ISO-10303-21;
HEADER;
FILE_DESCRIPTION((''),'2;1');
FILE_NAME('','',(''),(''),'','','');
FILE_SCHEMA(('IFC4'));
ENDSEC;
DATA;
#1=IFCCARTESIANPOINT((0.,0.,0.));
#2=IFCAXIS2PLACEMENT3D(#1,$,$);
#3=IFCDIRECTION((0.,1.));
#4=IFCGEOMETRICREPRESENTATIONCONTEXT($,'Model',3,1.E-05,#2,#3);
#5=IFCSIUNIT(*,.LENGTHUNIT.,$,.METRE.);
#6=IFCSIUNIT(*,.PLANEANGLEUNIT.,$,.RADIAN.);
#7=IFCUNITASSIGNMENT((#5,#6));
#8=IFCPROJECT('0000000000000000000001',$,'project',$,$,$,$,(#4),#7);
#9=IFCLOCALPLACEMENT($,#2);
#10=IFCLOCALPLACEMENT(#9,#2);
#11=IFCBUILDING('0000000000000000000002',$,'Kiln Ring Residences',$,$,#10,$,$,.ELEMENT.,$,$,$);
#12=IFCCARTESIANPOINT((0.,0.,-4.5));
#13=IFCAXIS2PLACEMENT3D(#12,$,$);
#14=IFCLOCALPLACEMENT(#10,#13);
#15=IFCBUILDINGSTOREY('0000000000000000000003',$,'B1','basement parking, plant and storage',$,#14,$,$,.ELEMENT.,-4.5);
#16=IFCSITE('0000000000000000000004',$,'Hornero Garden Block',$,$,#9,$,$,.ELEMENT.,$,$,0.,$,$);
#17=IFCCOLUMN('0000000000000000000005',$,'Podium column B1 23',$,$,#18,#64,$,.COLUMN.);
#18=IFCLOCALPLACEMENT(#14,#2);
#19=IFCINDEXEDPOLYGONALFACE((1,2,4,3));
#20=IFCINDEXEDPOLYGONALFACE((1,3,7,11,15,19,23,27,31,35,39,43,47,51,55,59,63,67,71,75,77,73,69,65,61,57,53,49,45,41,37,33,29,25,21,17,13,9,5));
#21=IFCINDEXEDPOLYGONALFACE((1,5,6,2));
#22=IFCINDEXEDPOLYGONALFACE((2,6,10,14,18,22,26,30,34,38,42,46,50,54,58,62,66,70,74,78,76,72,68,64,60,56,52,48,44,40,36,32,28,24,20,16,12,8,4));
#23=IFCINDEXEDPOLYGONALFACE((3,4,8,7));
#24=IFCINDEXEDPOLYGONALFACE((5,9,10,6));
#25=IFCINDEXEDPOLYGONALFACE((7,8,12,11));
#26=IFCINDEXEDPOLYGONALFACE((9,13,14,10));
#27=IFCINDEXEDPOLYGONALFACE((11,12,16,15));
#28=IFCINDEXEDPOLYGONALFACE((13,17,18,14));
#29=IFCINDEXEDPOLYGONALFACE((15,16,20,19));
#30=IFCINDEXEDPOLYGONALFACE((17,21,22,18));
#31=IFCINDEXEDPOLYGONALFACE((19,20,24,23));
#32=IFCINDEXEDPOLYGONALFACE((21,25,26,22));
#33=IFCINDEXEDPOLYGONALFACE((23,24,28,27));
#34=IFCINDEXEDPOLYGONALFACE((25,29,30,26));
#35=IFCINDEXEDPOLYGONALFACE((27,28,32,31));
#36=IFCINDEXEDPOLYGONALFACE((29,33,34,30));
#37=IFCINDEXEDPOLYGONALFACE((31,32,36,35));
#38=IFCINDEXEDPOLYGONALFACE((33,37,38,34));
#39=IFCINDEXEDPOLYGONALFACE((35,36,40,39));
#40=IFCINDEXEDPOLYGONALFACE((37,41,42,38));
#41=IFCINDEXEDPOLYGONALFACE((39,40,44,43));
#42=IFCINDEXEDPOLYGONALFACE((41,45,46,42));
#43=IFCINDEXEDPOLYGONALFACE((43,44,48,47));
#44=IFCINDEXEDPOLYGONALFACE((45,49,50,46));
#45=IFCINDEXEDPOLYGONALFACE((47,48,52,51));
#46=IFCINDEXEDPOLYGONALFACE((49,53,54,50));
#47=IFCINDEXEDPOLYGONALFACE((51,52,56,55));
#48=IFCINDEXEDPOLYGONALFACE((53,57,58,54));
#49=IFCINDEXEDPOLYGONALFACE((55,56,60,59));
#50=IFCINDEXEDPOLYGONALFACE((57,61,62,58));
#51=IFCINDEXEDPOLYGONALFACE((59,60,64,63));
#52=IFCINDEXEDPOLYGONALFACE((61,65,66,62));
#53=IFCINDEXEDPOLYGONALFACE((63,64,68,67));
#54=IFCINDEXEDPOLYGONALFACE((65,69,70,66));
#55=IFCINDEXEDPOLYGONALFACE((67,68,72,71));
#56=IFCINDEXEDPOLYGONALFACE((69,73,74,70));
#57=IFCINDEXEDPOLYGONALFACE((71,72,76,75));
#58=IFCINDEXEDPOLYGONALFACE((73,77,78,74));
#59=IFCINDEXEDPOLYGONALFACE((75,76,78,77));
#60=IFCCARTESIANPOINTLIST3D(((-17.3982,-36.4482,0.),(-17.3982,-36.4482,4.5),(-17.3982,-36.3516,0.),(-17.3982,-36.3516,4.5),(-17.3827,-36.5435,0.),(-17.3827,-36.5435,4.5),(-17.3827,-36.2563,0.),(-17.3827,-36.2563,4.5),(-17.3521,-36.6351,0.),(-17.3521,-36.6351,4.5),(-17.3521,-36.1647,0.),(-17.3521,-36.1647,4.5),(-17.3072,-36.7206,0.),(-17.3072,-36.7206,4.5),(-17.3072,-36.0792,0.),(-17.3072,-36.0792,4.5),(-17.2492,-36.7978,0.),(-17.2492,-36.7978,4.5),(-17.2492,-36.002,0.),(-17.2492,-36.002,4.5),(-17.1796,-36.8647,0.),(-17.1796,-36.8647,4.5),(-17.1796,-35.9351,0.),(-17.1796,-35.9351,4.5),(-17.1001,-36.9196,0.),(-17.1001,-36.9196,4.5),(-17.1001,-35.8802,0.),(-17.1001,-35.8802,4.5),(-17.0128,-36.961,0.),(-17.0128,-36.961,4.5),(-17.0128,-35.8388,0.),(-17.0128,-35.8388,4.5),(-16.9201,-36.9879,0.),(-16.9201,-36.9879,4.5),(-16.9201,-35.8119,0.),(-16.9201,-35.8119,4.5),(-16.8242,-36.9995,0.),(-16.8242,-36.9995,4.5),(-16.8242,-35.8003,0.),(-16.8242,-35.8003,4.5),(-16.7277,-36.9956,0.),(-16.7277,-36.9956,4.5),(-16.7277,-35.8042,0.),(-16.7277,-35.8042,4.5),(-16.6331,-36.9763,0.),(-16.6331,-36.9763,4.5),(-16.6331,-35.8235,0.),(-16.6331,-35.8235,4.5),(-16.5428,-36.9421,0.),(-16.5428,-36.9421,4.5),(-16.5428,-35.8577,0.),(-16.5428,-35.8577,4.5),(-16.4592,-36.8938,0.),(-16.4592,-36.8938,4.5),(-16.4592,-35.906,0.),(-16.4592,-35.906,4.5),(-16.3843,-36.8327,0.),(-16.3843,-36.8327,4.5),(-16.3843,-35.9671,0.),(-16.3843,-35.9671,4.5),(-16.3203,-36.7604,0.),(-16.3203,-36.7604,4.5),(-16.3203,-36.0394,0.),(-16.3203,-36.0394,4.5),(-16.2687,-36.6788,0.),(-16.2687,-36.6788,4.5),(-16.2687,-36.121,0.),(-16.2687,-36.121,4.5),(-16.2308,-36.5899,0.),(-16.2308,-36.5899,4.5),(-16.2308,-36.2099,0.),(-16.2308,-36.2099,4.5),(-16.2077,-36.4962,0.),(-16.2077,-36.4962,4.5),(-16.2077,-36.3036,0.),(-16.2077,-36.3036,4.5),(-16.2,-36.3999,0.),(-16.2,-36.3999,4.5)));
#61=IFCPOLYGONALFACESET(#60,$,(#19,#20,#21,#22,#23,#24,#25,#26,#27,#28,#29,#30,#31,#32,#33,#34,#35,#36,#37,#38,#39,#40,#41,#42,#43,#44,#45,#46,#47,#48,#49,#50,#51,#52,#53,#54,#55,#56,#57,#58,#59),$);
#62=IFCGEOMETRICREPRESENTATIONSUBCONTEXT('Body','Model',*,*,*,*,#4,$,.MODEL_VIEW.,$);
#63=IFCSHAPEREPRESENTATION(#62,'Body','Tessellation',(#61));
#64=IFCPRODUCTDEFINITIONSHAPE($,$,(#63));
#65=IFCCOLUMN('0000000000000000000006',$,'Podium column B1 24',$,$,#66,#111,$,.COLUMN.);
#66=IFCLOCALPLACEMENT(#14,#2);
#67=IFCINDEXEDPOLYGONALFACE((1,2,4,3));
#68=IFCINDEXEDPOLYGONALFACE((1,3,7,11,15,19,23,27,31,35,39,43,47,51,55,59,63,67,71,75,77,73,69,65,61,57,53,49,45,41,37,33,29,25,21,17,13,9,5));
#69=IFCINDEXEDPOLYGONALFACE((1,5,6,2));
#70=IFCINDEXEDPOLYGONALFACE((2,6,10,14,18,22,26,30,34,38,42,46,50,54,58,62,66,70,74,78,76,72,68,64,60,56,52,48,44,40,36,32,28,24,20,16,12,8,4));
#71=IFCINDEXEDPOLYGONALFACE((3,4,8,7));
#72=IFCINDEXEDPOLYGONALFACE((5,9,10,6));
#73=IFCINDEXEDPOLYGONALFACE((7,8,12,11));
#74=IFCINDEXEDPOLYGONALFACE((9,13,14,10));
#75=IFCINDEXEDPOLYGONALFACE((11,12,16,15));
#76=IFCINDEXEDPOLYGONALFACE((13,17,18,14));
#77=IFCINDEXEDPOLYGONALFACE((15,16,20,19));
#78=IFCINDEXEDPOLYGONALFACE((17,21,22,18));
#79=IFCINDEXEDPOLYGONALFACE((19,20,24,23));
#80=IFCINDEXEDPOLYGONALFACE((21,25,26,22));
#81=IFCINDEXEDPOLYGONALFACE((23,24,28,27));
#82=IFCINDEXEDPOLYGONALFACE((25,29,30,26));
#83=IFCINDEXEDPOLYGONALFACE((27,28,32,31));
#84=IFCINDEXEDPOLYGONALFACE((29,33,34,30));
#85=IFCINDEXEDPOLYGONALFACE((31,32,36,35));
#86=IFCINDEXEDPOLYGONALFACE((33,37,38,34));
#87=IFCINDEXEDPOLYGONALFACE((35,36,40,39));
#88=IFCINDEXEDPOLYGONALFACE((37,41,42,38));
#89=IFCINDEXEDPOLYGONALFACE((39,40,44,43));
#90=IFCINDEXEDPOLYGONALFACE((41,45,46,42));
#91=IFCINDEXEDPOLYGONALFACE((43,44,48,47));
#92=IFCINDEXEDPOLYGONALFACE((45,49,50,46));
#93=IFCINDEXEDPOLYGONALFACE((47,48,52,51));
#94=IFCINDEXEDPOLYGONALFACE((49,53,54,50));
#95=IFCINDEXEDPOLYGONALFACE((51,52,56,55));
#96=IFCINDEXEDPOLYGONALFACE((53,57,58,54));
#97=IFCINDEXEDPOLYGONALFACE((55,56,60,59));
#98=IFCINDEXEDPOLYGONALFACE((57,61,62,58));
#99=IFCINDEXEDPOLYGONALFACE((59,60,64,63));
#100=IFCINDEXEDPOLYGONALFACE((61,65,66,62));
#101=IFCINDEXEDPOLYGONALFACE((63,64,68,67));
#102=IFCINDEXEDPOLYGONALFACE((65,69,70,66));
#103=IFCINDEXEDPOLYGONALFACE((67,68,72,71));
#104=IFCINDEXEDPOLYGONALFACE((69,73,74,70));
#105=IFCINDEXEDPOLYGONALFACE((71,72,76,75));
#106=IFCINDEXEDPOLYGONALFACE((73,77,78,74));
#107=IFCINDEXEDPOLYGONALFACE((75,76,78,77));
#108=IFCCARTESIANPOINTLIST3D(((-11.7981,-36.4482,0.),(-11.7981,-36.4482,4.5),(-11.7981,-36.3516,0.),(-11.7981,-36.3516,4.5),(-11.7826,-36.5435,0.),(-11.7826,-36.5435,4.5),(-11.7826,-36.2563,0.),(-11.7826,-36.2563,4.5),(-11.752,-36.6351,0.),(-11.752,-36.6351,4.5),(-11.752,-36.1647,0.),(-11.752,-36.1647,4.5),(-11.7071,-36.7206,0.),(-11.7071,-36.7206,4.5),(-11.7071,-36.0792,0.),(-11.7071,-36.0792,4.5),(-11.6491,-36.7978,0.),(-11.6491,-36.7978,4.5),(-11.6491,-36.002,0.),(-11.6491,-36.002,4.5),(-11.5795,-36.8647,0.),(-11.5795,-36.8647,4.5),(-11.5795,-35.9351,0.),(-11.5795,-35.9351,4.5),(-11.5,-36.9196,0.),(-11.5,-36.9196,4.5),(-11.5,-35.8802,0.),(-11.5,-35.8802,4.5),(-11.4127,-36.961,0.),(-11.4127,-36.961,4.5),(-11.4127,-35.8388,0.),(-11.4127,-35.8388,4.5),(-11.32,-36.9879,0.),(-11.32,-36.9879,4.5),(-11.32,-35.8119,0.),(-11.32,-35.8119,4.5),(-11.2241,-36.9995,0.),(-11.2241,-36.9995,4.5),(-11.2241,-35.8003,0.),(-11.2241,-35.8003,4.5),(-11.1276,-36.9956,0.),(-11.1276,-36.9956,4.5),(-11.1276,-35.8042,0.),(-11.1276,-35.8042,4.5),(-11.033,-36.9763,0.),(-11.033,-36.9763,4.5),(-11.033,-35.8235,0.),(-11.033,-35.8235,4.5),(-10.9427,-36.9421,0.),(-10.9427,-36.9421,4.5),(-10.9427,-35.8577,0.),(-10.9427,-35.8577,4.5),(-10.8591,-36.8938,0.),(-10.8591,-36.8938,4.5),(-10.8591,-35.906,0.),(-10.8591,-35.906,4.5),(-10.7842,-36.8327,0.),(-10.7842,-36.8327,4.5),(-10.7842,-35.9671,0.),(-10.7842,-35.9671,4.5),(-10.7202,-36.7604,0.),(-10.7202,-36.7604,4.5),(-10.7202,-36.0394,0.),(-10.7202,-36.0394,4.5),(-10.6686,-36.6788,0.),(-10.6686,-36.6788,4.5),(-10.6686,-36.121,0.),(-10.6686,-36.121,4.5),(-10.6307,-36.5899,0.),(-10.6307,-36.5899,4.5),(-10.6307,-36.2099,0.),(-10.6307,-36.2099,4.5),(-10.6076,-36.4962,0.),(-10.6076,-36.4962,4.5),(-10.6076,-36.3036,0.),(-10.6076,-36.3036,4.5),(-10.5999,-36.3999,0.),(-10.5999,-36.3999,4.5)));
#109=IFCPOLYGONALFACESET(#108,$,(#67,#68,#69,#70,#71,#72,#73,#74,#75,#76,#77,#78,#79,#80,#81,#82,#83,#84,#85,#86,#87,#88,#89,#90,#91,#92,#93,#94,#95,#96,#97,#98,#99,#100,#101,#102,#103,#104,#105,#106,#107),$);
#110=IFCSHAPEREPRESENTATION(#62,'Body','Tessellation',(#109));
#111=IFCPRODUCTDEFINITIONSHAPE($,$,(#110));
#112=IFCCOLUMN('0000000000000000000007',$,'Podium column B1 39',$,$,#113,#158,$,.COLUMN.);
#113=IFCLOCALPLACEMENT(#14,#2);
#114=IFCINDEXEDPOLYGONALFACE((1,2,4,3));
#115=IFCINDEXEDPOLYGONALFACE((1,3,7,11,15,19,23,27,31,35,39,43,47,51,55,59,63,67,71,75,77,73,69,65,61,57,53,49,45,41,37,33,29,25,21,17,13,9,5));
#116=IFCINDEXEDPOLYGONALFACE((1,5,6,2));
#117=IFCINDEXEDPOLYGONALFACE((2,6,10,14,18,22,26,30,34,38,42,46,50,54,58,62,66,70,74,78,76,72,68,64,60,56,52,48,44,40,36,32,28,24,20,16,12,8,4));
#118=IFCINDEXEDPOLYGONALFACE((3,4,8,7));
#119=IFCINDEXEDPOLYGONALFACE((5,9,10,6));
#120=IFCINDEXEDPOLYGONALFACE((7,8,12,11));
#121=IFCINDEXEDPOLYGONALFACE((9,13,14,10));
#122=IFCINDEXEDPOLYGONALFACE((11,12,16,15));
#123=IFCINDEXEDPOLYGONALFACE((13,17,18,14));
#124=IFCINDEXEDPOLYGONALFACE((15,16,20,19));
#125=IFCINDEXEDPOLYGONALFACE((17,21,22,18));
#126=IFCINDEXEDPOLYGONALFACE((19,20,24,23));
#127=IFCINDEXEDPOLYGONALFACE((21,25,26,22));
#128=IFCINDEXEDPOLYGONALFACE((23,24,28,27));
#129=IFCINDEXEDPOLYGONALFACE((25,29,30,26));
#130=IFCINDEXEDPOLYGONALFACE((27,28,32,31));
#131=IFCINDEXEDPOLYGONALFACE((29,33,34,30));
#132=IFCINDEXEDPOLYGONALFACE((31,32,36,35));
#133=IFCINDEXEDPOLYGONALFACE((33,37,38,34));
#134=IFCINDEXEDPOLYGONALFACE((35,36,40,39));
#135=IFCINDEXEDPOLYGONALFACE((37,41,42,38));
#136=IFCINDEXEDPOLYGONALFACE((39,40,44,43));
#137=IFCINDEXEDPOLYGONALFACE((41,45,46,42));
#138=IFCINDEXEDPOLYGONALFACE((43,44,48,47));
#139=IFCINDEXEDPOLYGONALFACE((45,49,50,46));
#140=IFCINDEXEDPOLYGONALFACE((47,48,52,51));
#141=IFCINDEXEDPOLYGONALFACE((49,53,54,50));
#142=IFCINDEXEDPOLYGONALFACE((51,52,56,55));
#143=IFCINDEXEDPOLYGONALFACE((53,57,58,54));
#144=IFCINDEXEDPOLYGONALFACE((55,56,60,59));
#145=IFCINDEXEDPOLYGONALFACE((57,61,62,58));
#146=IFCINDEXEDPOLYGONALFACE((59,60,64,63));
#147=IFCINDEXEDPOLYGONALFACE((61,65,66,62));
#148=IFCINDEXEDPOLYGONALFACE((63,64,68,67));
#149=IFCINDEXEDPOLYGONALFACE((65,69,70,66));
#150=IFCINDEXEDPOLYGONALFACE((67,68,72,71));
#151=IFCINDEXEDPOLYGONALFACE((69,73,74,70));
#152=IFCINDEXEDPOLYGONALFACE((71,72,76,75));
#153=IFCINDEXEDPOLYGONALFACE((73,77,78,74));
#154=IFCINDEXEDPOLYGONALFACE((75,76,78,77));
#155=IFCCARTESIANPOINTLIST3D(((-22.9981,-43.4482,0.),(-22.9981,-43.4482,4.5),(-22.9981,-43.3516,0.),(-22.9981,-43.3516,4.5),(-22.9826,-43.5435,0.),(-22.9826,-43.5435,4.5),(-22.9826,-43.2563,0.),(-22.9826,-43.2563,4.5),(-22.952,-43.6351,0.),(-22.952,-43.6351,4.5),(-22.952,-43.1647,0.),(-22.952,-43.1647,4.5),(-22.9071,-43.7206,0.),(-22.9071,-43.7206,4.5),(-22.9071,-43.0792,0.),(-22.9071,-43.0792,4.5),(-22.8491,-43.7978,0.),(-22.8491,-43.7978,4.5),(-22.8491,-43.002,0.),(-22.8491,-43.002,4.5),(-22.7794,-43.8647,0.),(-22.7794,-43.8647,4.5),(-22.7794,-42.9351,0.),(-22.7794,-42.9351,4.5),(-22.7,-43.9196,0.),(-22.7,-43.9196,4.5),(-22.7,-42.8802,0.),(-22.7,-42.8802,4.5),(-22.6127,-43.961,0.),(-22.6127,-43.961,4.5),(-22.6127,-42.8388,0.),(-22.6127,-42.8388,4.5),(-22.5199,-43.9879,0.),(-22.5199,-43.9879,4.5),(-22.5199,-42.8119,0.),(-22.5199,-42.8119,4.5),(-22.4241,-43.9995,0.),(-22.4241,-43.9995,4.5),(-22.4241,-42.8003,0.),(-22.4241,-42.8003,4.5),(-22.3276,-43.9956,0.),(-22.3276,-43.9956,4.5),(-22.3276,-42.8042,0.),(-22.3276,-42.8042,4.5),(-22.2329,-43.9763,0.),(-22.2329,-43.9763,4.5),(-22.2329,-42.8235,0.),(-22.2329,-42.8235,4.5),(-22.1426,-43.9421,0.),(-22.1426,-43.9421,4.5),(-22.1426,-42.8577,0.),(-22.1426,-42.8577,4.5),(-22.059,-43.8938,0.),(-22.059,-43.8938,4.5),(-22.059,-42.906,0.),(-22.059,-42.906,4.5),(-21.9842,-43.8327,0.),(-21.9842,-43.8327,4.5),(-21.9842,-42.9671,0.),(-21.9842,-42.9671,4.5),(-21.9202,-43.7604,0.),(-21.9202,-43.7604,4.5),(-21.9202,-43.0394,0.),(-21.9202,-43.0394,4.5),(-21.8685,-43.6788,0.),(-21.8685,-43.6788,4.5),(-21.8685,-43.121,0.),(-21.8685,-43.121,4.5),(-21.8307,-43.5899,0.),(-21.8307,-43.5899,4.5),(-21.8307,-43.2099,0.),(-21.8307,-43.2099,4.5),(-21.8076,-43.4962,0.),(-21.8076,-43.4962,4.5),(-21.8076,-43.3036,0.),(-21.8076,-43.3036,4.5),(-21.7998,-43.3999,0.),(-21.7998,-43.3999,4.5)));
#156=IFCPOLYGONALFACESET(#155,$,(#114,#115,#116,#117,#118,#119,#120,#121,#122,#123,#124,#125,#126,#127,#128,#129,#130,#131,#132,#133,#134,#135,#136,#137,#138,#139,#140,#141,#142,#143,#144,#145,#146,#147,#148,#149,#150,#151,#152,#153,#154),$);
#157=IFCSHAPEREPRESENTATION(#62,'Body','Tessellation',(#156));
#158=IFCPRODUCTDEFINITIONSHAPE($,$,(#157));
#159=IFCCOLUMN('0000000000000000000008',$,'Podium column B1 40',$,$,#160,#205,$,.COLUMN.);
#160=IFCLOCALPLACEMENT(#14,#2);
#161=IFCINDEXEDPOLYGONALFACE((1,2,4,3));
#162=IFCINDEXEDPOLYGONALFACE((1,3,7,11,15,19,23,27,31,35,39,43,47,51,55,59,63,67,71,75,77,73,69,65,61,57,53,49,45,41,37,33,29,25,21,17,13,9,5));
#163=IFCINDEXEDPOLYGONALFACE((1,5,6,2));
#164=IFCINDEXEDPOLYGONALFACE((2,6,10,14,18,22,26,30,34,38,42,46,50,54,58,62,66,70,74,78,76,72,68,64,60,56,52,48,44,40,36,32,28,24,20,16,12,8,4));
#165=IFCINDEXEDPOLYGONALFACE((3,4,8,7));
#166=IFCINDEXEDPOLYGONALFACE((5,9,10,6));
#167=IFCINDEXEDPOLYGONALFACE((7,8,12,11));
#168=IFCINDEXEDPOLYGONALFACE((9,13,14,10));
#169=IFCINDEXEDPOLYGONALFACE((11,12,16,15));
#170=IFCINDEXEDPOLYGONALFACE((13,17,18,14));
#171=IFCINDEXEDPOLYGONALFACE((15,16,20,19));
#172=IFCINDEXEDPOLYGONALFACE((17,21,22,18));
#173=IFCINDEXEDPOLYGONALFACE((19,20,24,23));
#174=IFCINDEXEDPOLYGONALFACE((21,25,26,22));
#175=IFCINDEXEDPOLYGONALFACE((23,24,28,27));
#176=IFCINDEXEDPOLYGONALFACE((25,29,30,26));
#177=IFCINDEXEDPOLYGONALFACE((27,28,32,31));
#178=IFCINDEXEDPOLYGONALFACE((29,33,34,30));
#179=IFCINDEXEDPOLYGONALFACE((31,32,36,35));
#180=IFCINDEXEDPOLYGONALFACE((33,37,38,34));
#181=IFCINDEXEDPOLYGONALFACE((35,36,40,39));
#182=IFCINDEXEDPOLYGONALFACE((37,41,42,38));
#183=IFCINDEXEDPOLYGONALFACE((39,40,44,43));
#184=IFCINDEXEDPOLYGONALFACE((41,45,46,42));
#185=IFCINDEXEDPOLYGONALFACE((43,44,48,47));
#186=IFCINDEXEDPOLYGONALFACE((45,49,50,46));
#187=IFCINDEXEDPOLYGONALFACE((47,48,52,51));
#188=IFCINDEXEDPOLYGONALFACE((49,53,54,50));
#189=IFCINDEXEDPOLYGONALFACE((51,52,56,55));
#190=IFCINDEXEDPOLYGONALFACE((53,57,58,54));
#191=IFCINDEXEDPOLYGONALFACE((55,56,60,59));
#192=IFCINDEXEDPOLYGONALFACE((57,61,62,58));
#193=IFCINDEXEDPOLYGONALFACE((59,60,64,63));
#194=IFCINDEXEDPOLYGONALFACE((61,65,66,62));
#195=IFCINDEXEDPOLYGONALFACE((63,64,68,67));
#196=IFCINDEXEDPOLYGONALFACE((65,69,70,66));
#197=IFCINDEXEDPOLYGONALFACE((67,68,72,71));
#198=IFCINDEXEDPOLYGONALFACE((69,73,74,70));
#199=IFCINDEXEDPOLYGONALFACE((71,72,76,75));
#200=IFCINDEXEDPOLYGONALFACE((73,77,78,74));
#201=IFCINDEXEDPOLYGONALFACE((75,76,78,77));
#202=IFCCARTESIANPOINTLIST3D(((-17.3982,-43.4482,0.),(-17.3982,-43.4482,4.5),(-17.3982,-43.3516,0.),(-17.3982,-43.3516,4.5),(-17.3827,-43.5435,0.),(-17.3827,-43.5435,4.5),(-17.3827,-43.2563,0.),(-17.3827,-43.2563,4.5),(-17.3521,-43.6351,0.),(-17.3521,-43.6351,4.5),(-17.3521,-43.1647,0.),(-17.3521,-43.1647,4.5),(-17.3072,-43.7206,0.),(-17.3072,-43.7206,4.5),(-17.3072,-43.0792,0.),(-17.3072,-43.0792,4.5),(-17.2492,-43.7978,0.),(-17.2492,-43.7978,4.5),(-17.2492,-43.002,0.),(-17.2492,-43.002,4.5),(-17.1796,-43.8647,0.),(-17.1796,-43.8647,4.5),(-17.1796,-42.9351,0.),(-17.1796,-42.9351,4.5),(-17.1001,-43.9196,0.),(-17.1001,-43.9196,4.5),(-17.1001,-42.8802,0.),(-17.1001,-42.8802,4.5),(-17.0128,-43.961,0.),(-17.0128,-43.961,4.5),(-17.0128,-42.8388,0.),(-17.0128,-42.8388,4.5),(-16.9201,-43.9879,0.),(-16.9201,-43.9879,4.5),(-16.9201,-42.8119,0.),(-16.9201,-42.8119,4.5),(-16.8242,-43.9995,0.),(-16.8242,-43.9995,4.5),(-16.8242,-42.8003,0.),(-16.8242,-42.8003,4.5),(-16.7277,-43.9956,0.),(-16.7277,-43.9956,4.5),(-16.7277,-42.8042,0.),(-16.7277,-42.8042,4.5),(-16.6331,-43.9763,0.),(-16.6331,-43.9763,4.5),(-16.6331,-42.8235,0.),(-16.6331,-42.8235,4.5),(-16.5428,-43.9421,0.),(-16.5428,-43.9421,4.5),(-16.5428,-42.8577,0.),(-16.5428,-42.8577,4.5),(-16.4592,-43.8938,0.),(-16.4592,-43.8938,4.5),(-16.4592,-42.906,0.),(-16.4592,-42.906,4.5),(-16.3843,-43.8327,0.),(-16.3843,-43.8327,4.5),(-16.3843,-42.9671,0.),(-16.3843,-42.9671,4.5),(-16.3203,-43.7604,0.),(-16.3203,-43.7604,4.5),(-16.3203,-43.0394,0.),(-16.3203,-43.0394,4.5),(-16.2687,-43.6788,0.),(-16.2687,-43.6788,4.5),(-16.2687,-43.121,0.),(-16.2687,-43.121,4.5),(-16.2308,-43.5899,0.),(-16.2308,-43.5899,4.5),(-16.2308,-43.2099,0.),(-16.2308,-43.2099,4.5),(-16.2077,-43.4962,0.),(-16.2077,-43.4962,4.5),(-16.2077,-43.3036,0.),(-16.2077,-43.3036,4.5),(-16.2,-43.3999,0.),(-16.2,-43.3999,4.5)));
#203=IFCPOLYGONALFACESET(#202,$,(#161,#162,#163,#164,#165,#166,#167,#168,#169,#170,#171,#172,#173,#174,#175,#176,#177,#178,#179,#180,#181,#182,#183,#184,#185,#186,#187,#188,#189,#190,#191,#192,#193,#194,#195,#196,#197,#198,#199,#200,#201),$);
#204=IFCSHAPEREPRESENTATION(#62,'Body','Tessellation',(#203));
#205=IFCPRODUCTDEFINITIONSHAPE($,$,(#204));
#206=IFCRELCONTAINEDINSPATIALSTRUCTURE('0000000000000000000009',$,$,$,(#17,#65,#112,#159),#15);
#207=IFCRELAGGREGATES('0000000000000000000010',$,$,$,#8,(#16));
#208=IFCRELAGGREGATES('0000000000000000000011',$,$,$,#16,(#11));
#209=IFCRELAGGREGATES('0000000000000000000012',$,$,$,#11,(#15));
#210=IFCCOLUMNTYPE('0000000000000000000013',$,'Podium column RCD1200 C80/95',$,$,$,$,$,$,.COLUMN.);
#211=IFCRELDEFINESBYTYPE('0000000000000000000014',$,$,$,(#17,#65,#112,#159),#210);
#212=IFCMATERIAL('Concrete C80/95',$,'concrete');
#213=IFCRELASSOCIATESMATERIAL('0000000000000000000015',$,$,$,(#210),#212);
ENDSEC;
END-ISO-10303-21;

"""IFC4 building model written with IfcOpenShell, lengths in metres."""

from ifc_helpers import new_model, si_unit, direction, frame, origin, origin_2d, place, context, subcontext, project, spatial, circle, extrude, material, material_profile, profile_set, type_object, element, save


model = new_model("IFC4")

# Units and contexts
model_context = context("Model", 3, precision=1e-05, world=origin(), true_north=direction((0.0, 1.0)))
body_context = subcontext(model_context, "Body", "Model", "MODEL_VIEW")
ifc_project = project(units=[si_unit("LENGTHUNIT", "METRE"), si_unit("PLANEANGLEUNIT", "RADIAN")], contexts=[model_context])

# Site, building, storey
site_placement = place(None, origin())
site = spatial("IfcSite", under=ifc_project, at=site_placement, Name="Hornero Garden Block", CompositionType="ELEMENT", RefElevation=0.0)
building_placement = place(site_placement, origin())
building = spatial("IfcBuilding", under=site, at=building_placement, Name="Kiln Ring Residences", CompositionType="ELEMENT")
storey_placement = place(building_placement, frame((0.0, 0.0, -4.5)))
storey = spatial("IfcBuildingStorey", under=building, at=storey_placement, Name="B1", Description="basement parking, plant and storage", CompositionType="ELEMENT", Elevation=-4.5)

# Columns
ifc_material_1 = material(Name="Concrete C80/95", Category="concrete")
ifc_material_profile_1 = material_profile(ifc_material_1, circle(Radius=0.6001, at=origin_2d()), Name="RCD1200")
ifc_profile_set_1 = profile_set([ifc_material_profile_1], Name="Concrete C80/95")
column_type = type_object("IfcColumnType", Name="Podium column RCD1200 C80/95", PredefinedType="COLUMN", material=ifc_profile_set_1)
for number, where, z_axis, x_axis, name in (
    (1, (-16.8, -36.3999, 0.0), (0.0, 0.0, 1.0), (1.0, 0.0, 0.0), "Podium column B1 23"),
    (2, (-11.2, -36.3999, 0.0), (0.0, 0.0, 1.0), (1.0, 0.0, 0.0), "Podium column B1 24"),
    (3, (-22.3999, -43.3999, 0.0), (0.0, 0.0, 1.0), (1.0, 0.0, 0.0), "Podium column B1 39"),
    (4, (-16.8, -43.3999, 0.0), (0.0, 0.0, 1.0), (1.0, 0.0, 0.0), "Podium column B1 40"),
):
    element("IfcColumn", number, at=place(storey_placement, frame(where, z_axis=z_axis, x_axis=x_axis)), inside=storey, type_object=column_type, Name=name, PredefinedType="COLUMN", context=body_context, shape_type="SweptSolid", body=[
        extrude(circle(Radius=0.6001, at=origin_2d()), origin(), (0.0, 0.0, 1.0), 4.5),
    ])

save(model, "model.ifc")
